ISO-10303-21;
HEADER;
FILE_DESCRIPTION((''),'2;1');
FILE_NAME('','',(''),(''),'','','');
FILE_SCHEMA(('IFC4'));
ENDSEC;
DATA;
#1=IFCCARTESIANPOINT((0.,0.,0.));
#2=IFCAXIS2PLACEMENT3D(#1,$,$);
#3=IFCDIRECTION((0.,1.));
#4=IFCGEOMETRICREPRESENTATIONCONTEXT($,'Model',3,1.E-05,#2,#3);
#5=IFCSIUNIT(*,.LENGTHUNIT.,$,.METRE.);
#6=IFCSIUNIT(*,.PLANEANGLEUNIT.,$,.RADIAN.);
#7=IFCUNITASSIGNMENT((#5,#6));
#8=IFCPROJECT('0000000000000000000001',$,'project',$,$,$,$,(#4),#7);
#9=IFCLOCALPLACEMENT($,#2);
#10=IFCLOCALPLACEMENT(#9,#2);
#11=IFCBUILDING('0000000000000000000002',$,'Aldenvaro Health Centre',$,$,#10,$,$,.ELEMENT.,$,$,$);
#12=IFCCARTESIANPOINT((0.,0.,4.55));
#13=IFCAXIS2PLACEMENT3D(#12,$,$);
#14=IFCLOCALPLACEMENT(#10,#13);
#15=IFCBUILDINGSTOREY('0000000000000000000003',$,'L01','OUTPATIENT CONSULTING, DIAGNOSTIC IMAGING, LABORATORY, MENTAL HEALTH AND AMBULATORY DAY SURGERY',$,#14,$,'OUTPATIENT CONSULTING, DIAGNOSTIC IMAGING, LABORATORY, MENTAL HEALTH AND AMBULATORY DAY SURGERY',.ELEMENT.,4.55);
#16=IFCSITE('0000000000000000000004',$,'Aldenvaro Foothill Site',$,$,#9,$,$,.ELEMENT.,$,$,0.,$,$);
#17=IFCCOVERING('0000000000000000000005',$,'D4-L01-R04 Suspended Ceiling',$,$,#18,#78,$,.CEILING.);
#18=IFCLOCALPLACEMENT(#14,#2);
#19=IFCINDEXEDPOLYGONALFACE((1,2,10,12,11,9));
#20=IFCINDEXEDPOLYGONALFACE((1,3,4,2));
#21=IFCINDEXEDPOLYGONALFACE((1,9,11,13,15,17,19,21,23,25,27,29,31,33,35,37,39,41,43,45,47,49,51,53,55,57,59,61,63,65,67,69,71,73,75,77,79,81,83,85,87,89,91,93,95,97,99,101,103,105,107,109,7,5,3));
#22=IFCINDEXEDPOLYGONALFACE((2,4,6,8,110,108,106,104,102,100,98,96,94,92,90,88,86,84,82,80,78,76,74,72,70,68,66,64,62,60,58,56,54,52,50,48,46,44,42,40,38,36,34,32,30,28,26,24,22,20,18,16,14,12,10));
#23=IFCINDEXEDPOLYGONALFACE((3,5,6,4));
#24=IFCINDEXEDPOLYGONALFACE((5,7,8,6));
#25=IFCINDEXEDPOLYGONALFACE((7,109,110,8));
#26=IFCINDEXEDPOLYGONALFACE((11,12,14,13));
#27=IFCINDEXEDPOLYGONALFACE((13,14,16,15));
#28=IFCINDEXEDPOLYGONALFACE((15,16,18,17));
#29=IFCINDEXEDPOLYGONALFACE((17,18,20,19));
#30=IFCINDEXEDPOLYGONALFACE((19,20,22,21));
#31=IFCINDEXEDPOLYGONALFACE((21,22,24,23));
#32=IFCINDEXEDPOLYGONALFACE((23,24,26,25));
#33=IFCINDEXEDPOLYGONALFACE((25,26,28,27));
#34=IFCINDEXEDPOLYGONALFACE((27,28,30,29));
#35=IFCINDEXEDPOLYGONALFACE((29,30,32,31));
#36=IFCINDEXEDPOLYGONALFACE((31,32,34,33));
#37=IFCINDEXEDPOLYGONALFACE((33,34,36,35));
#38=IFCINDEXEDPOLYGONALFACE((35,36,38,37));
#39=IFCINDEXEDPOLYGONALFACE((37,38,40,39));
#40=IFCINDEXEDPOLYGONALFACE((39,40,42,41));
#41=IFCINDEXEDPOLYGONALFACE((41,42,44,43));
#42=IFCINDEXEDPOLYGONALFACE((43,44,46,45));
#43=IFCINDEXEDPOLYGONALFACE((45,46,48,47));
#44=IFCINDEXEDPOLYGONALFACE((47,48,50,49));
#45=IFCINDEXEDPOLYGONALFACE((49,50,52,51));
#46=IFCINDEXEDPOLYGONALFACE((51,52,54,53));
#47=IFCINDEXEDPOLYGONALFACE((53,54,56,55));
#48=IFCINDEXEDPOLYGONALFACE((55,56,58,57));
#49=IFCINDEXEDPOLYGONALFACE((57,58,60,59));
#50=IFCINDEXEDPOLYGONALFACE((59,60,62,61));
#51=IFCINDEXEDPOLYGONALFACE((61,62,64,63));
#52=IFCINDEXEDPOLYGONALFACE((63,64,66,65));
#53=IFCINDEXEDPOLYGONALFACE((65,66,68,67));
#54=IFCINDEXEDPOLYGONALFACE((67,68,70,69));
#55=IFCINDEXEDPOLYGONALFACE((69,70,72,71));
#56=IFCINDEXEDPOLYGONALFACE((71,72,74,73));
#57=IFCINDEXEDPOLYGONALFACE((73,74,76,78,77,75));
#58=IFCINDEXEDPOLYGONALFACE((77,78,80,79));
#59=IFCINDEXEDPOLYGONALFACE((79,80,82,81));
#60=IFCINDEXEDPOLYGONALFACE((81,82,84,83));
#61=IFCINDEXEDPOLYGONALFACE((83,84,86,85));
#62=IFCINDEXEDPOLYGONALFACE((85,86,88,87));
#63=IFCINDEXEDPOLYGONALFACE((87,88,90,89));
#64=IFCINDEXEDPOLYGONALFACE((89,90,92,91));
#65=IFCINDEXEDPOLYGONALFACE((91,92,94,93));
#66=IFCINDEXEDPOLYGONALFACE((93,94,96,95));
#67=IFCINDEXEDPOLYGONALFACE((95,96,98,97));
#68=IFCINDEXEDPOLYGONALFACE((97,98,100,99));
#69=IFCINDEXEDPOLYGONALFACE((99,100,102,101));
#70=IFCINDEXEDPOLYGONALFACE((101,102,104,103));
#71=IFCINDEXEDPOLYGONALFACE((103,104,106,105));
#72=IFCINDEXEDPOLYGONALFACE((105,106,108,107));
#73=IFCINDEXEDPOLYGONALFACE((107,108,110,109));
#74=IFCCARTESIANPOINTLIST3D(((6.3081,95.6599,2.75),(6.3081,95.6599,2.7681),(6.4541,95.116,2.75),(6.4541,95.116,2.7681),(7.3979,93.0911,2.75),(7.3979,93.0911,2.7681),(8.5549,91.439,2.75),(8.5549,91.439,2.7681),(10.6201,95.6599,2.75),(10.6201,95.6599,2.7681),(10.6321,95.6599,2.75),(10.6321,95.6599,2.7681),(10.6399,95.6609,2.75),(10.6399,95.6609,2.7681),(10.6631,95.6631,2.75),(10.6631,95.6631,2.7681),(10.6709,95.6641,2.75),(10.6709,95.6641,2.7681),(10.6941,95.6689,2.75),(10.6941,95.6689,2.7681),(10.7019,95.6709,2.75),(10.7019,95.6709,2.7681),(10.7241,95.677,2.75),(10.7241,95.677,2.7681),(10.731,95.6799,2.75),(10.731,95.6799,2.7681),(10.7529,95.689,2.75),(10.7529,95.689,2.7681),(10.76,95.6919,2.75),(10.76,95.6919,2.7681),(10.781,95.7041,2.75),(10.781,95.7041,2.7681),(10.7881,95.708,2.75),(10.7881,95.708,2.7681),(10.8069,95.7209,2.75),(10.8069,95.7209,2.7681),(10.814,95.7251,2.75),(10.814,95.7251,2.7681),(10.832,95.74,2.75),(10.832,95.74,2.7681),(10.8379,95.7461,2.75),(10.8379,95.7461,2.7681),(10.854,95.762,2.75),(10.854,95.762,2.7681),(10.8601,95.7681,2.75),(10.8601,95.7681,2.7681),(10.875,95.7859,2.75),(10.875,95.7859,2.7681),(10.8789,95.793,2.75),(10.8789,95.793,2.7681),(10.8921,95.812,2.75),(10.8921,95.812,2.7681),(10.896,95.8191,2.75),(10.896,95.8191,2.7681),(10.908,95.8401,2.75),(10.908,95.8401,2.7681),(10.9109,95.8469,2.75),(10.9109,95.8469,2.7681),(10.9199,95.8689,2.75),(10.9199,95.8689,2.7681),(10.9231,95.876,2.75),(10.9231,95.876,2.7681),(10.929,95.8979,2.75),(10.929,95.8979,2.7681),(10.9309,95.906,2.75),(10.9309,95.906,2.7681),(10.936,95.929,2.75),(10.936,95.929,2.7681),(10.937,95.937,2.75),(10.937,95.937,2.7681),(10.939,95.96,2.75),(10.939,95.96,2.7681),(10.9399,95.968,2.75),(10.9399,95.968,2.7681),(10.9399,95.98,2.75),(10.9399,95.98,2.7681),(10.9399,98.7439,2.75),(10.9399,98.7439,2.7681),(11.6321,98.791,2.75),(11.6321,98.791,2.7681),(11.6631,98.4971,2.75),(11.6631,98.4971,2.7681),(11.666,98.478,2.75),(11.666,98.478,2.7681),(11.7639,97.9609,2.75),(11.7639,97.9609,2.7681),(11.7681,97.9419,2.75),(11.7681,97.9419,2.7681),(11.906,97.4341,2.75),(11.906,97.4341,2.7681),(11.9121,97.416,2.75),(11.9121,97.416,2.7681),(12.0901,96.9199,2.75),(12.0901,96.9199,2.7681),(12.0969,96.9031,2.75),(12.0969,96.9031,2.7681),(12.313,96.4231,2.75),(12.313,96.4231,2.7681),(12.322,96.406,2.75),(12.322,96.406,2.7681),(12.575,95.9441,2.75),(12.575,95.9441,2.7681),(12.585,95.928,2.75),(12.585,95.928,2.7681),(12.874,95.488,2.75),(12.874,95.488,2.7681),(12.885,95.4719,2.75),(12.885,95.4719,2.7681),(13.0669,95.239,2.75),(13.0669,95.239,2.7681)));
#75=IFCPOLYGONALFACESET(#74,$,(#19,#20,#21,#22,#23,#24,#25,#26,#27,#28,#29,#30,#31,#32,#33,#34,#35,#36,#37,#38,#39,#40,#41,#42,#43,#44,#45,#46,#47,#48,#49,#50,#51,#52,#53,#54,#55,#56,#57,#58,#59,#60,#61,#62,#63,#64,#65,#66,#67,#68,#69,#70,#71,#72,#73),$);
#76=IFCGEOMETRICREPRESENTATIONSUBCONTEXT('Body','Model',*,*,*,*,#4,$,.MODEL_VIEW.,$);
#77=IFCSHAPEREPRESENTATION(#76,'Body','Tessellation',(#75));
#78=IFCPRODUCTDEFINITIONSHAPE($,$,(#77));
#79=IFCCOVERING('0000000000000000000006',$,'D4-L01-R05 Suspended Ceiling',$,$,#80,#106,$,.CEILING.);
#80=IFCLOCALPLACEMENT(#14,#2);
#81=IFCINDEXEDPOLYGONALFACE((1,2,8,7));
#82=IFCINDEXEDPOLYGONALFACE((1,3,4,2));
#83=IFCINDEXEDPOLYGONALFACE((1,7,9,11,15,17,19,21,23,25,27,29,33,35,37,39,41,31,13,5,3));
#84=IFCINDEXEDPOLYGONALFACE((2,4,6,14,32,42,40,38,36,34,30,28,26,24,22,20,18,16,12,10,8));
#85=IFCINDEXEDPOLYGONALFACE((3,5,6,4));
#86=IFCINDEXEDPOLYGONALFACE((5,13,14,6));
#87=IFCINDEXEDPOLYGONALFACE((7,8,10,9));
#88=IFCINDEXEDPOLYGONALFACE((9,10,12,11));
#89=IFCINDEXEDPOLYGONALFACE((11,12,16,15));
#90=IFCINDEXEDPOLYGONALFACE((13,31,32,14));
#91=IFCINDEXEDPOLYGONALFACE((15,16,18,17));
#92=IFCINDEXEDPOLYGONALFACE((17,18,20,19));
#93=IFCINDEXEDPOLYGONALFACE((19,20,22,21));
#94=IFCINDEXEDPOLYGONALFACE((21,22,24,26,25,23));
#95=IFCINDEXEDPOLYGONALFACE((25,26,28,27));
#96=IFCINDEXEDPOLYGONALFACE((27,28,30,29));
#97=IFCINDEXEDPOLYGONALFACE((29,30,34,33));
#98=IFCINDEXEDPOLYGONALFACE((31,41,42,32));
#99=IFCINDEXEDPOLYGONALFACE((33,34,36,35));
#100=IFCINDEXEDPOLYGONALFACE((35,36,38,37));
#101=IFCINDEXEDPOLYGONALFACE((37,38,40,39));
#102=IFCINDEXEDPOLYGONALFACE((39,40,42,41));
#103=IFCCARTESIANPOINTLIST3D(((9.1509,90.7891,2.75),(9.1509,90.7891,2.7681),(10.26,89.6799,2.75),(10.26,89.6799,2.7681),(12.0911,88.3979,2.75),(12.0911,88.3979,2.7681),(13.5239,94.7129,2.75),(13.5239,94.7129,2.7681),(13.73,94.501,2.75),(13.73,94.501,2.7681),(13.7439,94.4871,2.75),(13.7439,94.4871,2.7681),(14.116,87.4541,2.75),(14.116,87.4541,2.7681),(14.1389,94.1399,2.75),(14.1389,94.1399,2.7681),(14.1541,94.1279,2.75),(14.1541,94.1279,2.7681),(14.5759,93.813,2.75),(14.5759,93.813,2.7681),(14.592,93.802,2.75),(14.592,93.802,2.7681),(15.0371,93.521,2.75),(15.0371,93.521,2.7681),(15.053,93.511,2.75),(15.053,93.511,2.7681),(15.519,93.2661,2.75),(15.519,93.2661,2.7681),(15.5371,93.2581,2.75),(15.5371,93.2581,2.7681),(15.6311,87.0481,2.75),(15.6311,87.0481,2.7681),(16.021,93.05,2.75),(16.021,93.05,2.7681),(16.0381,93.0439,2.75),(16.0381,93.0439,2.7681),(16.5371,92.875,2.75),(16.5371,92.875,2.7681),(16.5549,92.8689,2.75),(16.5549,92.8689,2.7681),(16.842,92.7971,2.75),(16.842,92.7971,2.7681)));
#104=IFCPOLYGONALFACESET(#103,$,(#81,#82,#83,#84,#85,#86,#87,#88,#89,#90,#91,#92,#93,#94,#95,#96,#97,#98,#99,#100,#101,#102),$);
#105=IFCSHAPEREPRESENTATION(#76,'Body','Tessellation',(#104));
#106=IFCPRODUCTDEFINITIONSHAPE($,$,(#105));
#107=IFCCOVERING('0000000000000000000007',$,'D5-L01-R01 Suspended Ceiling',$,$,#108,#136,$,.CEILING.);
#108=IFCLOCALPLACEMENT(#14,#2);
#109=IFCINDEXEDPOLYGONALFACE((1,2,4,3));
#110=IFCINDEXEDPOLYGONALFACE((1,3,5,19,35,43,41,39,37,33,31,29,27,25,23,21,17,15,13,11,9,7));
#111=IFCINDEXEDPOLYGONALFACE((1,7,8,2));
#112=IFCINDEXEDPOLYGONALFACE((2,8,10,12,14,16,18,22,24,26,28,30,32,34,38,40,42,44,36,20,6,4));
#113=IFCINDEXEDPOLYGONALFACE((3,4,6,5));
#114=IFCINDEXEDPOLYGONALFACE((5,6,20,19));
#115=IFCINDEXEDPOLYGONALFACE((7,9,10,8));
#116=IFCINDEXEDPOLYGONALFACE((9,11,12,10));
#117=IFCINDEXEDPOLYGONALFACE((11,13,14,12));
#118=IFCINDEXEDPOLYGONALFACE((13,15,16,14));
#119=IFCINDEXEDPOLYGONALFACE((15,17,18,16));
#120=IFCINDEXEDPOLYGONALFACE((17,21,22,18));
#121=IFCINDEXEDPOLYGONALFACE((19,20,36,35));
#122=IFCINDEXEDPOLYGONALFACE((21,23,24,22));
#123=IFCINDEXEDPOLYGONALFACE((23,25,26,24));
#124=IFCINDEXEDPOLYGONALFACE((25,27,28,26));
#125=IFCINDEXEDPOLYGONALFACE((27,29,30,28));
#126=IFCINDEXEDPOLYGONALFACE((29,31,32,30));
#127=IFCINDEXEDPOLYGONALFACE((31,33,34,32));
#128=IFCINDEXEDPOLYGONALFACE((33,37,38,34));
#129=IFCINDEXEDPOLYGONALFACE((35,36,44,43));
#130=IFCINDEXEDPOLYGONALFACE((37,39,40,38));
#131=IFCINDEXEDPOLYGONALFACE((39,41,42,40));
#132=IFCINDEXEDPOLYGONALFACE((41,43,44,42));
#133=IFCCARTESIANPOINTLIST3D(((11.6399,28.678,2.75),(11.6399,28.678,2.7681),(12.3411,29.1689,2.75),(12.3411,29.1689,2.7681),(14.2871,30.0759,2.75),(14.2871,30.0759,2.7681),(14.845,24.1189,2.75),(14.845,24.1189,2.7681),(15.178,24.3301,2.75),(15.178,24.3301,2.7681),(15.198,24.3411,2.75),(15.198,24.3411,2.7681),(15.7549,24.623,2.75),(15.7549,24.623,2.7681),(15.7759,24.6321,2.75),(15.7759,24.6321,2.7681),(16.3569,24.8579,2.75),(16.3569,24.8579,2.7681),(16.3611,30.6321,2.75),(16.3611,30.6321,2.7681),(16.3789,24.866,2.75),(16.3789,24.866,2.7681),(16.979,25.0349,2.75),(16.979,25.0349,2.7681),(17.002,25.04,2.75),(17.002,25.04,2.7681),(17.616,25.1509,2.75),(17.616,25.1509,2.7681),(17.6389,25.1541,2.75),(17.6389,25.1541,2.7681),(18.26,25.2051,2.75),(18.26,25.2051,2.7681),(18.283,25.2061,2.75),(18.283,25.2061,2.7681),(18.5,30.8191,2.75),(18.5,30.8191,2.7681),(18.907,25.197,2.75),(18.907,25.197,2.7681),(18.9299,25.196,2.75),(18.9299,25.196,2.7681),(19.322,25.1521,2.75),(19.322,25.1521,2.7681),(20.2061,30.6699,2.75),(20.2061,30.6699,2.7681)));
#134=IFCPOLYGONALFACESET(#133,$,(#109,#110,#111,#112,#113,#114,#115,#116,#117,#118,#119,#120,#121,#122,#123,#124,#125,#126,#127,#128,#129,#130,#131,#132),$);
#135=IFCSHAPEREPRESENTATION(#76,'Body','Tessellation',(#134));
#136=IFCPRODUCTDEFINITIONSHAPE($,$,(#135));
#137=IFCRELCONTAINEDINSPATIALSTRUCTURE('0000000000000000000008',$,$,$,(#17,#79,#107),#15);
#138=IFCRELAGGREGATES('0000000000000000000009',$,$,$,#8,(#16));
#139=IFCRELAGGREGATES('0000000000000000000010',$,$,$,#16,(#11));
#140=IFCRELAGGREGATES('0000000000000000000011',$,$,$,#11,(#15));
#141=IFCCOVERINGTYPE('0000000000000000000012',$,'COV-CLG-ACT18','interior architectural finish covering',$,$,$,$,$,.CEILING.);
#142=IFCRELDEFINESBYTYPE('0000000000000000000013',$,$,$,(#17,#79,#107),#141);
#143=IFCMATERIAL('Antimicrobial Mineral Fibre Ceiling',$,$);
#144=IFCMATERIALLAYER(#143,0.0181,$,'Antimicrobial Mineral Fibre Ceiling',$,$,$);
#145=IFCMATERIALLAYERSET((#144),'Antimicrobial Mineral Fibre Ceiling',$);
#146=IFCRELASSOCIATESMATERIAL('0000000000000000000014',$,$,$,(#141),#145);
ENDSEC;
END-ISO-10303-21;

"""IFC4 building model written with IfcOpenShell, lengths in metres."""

from ifc_helpers import new_model, si_unit, direction, frame, origin, place, context, subcontext, project, spatial, polyline, outline, extrude, material, layer, layer_set, type_object, element, save


model = new_model("IFC4")

# Units and contexts
model_context = context("Model", 3, precision=1e-05, world=origin(), true_north=direction((0.0, 1.0)))
body_context = subcontext(model_context, "Body", "Model", "MODEL_VIEW")
ifc_project = project(units=[si_unit("LENGTHUNIT", "METRE"), si_unit("PLANEANGLEUNIT", "RADIAN")], contexts=[model_context])

# Site, building, storey
site_placement = place(None, origin())
site = spatial("IfcSite", under=ifc_project, at=site_placement, Name="Aldenvaro Foothill Site", CompositionType="ELEMENT", RefElevation=0.0)
building_placement = place(site_placement, origin())
building = spatial("IfcBuilding", under=site, at=building_placement, Name="Aldenvaro Health Centre", CompositionType="ELEMENT")
storey_placement = place(building_placement, frame((0.0, 0.0, 4.55)))
storey = spatial("IfcBuildingStorey", under=building, at=storey_placement, Name="L01", Description="OUTPATIENT CONSULTING, DIAGNOSTIC IMAGING, LABORATORY, MENTAL HEALTH AND AMBULATORY DAY SURGERY", LongName="OUTPATIENT CONSULTING, DIAGNOSTIC IMAGING, LABORATORY, MENTAL HEALTH AND AMBULATORY DAY SURGERY", CompositionType="ELEMENT", Elevation=4.55)

# Coverings
ifc_material_1 = material(Name="Antimicrobial Mineral Fibre Ceiling")
ifc_layer_1 = layer(ifc_material_1, 0.0181, Name="Antimicrobial Mineral Fibre Ceiling")
ifc_layer_set_1 = layer_set([ifc_layer_1], Name="Antimicrobial Mineral Fibre Ceiling")
covering_type_1 = type_object("IfcCoveringType", Name="COV-CLG-ACT18", Description="interior architectural finish covering", PredefinedType="CEILING", material=ifc_layer_set_1)
covering_1_placement = place(storey_placement, frame((0.0, 0.0, 2.75)))
element("IfcCovering", 1, at=covering_1_placement, inside=storey, type_object=covering_type_1, Name="D4-L01-R04 Suspended Ceiling", PredefinedType="CEILING", context=body_context, shape_type="SweptSolid", body=[
    extrude(outline(polyline([(8.5549, 91.439), (7.3979, 93.0911), (6.4541, 95.116), (6.3081, 95.6599), (10.6201, 95.6599), (10.6321, 95.6599), (10.6399, 95.6609), (10.6631, 95.6631), (10.6709, 95.6641), (10.6941, 95.6689), (10.7019, 95.6709), (10.7241, 95.677), (10.731, 95.6799), (10.7529, 95.689), (10.76, 95.6919), (10.781, 95.7041), (10.7881, 95.708), (10.8069, 95.7209), (10.814, 95.7251), (10.832, 95.74), (10.8379, 95.7461), (10.854, 95.762), (10.8601, 95.7681), (10.875, 95.7859), (10.8789, 95.793), (10.8921, 95.812), (10.896, 95.8191), (10.908, 95.8401), (10.9109, 95.8469), (10.9199, 95.8689), (10.9231, 95.876), (10.929, 95.8979), (10.9309, 95.906), (10.936, 95.929), (10.937, 95.937), (10.939, 95.96), (10.9399, 95.968), (10.9399, 95.98), (10.9399, 98.7439), (11.6321, 98.791), (11.6631, 98.4971), (11.666, 98.478), (11.7639, 97.9609), (11.7681, 97.9419), (11.906, 97.4341), (11.9121, 97.416), (12.0901, 96.9199), (12.0969, 96.9031), (12.313, 96.4231), (12.322, 96.406), (12.575, 95.9441), (12.585, 95.928), (12.874, 95.488), (12.885, 95.4719), (13.0669, 95.239), (8.5549, 91.439)])), origin(), (0.0, 0.0, 1.0), 0.0181),
])
covering_2_placement = place(storey_placement, frame((0.0, 0.0, 2.75)))
element("IfcCovering", 2, at=covering_2_placement, inside=storey, type_object=covering_type_1, Name="D4-L01-R05 Suspended Ceiling", PredefinedType="CEILING", context=body_context, shape_type="SweptSolid", body=[
    extrude(outline(polyline([(13.73, 94.501), (13.7439, 94.4871), (14.1389, 94.1399), (14.1541, 94.1279), (14.5759, 93.813), (14.592, 93.802), (15.0371, 93.521), (15.053, 93.511), (15.519, 93.2661), (15.5371, 93.2581), (16.021, 93.05), (16.0381, 93.0439), (16.5371, 92.875), (16.5549, 92.8689), (16.842, 92.7971), (15.6311, 87.0481), (14.116, 87.4541), (12.0911, 88.3979), (10.26, 89.6799), (9.1509, 90.7891), (13.5239, 94.7129), (13.73, 94.501)])), origin(), (0.0, 0.0, 1.0), 0.0181),
])
covering_3_placement = place(storey_placement, frame((0.0, 0.0, 2.75)))
element("IfcCovering", 3, at=covering_3_placement, inside=storey, type_object=covering_type_1, Name="D5-L01-R01 Suspended Ceiling", PredefinedType="CEILING", context=body_context, shape_type="SweptSolid", body=[
    extrude(outline(polyline([(18.9299, 25.196), (18.907, 25.197), (18.283, 25.2061), (18.26, 25.2051), (17.6389, 25.1541), (17.616, 25.1509), (17.002, 25.04), (16.979, 25.0349), (16.3789, 24.866), (16.3569, 24.8579), (15.7759, 24.6321), (15.7549, 24.623), (15.198, 24.3411), (15.178, 24.3301), (14.845, 24.1189), (11.6399, 28.678), (12.3411, 29.1689), (14.2871, 30.0759), (16.3611, 30.6321), (18.5, 30.8191), (20.2061, 30.6699), (19.322, 25.1521), (18.9299, 25.196)])), origin(), (0.0, 0.0, 1.0), 0.0181),
])

save(model, "model.ifc")
